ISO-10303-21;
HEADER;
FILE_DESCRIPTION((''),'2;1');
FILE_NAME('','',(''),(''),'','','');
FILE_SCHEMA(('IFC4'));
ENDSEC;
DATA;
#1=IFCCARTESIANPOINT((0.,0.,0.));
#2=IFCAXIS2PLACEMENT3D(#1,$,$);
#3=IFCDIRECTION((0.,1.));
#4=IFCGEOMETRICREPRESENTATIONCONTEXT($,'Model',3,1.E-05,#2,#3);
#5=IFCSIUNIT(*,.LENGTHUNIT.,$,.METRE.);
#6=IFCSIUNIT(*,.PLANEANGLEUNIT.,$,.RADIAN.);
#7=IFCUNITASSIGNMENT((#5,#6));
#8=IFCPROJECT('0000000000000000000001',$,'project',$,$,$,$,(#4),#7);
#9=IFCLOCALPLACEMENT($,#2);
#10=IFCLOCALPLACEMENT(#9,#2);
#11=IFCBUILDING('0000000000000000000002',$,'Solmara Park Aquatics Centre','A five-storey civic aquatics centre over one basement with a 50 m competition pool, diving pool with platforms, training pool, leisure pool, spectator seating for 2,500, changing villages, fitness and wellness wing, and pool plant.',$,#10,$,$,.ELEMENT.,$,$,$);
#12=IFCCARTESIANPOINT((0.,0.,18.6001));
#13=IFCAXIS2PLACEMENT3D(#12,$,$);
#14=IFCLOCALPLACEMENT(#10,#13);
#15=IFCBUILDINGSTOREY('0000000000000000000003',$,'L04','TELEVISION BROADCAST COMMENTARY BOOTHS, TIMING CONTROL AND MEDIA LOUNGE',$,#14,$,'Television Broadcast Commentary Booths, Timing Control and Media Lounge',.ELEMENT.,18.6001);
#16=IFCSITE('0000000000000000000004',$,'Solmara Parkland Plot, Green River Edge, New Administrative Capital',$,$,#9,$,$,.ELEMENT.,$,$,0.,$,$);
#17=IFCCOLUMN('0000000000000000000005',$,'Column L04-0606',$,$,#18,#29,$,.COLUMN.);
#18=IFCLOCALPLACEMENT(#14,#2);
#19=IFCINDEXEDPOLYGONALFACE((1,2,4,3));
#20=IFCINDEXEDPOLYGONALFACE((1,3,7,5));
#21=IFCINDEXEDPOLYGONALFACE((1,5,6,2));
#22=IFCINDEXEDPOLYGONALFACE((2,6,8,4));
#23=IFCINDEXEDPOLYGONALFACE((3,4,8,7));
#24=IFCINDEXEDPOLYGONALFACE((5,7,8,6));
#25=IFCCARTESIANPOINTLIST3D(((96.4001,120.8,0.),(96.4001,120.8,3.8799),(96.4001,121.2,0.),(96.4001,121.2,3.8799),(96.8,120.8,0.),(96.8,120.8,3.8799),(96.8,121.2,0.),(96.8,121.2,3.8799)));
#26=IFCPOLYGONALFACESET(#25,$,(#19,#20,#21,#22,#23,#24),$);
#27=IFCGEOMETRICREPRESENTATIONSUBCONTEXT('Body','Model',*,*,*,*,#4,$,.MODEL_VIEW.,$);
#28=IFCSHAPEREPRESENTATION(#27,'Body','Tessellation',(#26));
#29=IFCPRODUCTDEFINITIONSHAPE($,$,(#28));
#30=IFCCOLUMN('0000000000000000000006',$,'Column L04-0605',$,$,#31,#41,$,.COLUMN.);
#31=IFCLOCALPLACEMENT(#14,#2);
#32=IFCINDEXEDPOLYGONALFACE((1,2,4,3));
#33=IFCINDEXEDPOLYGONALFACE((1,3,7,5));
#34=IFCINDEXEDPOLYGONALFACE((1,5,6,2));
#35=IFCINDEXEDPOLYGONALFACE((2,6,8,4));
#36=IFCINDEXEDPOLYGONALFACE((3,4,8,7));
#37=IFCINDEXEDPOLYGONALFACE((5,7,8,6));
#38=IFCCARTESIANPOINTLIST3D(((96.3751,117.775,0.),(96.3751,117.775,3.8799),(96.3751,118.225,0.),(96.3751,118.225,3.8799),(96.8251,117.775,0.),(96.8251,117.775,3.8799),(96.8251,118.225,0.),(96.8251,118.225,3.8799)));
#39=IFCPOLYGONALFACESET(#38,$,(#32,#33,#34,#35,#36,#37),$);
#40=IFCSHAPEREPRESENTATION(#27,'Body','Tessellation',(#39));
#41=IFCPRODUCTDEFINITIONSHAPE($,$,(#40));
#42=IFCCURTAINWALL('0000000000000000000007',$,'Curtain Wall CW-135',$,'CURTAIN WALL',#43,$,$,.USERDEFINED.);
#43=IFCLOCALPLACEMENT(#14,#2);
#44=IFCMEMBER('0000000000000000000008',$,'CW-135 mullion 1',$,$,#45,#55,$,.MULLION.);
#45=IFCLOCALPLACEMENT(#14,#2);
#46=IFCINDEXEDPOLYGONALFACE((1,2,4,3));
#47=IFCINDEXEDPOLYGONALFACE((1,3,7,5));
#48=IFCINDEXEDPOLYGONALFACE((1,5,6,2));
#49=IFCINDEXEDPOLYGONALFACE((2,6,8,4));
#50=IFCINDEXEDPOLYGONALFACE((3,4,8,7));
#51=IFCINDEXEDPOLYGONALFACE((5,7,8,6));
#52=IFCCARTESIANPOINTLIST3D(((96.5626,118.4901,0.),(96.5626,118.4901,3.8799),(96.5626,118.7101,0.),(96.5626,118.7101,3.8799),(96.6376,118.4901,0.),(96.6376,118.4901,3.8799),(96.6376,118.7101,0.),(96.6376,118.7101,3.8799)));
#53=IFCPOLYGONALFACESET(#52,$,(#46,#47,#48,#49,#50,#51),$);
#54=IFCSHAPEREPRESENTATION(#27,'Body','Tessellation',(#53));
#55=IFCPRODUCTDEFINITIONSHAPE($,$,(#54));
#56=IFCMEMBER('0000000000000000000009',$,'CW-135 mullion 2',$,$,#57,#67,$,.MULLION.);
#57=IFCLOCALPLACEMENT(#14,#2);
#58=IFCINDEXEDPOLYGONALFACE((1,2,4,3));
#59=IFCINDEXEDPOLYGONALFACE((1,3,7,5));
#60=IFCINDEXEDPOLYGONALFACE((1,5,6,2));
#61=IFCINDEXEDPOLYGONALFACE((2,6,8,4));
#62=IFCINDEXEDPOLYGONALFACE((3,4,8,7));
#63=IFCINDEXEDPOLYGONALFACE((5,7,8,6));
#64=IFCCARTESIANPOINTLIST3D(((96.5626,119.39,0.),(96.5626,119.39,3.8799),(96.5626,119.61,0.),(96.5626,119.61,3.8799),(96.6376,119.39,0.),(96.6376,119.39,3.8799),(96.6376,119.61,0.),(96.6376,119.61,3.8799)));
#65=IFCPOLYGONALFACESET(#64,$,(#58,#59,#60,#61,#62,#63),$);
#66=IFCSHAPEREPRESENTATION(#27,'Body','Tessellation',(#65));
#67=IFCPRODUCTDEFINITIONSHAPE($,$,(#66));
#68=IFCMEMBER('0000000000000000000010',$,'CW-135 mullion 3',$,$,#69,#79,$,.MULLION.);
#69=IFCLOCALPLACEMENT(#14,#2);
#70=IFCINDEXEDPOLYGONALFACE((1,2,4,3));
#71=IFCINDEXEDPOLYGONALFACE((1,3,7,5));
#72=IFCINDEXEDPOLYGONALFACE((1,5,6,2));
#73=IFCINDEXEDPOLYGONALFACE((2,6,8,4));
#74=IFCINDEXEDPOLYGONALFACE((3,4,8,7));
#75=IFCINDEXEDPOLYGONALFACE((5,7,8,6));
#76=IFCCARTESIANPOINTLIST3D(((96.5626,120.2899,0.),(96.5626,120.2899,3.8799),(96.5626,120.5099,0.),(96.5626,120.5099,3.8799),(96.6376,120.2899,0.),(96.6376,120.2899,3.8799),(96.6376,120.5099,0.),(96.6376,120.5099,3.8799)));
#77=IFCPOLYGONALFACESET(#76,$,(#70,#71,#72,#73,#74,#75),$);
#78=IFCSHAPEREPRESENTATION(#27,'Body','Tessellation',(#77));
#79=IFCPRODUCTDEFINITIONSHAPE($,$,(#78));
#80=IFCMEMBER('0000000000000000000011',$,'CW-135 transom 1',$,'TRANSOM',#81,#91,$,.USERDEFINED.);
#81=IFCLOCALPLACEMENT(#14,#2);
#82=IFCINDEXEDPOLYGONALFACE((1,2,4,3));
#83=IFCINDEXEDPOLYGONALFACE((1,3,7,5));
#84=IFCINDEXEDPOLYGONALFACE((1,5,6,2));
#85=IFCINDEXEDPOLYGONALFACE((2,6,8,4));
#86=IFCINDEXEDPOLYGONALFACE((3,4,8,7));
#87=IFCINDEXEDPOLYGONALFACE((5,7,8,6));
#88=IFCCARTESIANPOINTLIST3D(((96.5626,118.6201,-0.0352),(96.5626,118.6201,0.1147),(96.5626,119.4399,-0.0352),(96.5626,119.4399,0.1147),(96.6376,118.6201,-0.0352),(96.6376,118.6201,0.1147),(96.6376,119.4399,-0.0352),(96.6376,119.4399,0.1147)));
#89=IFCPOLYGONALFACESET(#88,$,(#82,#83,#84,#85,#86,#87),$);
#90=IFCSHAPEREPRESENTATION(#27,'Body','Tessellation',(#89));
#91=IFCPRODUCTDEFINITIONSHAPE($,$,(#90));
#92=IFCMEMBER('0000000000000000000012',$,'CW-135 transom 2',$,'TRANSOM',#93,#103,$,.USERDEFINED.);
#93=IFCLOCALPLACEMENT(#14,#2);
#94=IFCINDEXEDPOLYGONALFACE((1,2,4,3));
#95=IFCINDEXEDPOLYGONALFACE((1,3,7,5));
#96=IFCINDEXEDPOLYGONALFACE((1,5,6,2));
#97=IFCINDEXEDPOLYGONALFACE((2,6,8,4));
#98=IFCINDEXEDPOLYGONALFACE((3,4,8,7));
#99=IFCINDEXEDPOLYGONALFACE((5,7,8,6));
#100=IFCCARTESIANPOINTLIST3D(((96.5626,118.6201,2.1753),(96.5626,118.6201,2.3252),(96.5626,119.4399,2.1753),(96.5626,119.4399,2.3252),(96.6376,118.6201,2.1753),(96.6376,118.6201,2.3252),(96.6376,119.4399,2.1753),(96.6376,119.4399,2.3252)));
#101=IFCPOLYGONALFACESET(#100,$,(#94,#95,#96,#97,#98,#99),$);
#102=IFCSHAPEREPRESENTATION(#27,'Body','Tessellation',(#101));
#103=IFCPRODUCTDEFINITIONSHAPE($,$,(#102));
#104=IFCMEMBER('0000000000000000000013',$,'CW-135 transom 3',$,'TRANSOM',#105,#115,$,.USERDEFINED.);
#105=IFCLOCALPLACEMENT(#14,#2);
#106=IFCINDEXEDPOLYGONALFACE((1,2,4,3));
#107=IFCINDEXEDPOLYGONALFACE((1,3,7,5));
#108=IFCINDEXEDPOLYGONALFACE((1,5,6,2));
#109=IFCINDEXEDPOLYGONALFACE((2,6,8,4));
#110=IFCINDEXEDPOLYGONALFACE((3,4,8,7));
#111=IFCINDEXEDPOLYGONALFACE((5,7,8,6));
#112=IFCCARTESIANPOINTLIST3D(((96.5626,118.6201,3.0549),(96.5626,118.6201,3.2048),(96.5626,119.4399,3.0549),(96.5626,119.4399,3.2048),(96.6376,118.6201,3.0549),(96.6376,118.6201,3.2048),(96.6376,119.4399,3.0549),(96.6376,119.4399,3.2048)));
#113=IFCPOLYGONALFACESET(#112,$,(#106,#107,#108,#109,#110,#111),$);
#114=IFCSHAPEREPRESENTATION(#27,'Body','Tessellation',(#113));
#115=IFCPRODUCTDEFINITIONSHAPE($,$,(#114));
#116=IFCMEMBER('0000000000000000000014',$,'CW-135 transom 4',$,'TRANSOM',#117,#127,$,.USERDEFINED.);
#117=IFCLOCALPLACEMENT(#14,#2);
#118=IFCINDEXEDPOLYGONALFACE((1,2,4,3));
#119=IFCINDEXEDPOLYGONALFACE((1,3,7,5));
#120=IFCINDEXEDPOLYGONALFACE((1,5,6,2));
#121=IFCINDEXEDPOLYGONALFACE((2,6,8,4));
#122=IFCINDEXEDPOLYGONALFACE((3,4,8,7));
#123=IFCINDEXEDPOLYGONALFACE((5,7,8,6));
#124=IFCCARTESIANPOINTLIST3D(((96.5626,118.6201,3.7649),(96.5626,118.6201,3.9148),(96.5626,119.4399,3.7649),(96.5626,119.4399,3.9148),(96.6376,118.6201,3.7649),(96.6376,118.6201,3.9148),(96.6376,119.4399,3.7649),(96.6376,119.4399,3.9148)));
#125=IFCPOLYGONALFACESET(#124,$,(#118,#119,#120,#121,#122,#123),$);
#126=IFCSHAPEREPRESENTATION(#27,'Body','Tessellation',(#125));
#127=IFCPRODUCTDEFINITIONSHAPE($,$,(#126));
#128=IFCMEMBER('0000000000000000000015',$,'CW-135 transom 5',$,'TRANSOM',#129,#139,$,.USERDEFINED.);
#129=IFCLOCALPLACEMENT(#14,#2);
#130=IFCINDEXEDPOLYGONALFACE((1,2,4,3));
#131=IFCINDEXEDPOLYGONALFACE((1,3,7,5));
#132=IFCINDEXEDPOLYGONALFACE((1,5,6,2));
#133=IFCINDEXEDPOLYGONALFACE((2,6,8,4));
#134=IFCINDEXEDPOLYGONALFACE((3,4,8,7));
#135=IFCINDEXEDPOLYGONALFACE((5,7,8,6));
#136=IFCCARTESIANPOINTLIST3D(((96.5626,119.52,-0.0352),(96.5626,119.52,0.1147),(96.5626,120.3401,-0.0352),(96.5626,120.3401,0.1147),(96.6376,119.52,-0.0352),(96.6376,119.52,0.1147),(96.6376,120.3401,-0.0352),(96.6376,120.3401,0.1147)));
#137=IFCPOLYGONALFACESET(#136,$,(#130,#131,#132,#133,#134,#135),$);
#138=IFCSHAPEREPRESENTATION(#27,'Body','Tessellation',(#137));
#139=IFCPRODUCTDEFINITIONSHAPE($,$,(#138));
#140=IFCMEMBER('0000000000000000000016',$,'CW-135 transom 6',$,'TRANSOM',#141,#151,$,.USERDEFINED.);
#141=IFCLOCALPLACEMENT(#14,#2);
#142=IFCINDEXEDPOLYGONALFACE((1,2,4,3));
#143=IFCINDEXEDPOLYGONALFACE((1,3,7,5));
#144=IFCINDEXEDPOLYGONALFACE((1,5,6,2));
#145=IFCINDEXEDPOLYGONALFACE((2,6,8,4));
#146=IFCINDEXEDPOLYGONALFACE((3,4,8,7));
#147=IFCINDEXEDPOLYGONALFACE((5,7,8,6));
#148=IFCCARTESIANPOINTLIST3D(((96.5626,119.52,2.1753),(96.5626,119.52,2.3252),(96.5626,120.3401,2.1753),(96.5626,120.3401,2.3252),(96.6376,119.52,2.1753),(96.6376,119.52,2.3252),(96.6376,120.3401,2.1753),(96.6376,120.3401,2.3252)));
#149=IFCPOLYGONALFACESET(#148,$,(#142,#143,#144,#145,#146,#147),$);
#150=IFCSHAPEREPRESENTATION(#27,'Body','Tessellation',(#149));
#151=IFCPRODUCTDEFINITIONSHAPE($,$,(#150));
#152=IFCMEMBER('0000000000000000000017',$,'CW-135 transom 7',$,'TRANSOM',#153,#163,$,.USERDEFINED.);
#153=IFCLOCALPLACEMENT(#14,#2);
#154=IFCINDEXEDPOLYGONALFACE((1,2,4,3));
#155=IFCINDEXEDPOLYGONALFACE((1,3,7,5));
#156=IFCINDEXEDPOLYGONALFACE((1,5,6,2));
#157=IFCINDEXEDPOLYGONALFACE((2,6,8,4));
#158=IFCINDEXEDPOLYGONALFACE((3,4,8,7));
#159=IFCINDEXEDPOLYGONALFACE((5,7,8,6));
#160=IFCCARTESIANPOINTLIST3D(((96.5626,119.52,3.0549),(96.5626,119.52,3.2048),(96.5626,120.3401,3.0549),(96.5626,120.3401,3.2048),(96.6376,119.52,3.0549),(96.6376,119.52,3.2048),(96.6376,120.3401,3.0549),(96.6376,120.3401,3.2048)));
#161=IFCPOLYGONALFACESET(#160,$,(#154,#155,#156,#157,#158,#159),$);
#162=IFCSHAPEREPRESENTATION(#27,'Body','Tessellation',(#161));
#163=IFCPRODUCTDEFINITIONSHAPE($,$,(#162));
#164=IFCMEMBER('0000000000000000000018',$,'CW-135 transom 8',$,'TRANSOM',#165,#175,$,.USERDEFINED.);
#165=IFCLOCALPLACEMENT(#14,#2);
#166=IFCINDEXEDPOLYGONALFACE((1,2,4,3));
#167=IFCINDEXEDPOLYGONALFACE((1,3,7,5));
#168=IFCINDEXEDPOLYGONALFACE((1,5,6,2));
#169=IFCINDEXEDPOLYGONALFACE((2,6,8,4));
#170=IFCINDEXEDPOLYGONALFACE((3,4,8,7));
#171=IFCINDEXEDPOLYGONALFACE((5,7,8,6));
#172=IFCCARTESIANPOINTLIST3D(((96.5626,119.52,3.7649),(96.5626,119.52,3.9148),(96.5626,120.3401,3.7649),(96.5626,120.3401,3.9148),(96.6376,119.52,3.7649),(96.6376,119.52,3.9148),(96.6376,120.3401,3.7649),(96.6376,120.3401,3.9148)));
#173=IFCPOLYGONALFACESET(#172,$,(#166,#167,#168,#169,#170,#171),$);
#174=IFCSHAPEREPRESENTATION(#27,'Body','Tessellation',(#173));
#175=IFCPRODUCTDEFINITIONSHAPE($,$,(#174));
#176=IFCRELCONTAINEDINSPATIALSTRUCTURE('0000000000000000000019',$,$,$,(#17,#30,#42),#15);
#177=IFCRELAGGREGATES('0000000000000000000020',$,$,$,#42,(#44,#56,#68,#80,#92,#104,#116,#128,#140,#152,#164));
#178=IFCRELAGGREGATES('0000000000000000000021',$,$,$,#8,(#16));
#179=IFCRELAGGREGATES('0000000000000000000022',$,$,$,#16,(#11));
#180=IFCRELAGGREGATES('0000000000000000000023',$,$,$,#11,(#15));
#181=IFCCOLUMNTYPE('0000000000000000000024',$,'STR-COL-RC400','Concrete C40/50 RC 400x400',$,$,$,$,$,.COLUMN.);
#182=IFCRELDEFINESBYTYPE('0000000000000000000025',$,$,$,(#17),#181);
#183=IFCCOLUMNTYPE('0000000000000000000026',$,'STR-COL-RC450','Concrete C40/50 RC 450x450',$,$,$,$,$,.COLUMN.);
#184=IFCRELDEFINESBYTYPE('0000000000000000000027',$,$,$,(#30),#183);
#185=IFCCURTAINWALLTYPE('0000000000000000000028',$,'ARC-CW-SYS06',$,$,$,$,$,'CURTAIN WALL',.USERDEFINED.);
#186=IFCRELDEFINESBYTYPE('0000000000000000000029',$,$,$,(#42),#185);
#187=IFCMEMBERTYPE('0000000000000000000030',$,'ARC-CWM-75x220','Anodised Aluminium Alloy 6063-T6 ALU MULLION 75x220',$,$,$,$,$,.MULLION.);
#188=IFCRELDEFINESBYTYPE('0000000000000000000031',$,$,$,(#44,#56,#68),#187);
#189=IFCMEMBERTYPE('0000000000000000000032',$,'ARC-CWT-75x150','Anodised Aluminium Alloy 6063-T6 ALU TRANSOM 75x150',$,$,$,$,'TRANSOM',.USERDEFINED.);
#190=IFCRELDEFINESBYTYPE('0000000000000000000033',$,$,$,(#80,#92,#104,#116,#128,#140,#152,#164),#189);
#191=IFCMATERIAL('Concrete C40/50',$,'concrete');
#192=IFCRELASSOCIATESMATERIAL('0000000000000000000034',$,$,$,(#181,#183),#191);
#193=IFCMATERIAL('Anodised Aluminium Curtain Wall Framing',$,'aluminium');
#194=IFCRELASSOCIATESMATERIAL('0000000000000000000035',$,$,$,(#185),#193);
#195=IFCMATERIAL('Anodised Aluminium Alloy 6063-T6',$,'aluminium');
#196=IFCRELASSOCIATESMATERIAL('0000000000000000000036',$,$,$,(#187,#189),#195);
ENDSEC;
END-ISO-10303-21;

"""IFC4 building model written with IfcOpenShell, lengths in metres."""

from ifc_helpers import new_model, si_unit, direction, frame, origin, origin_2d, place, context, subcontext, project, spatial, rectangle, extrude, material, material_profile, profile_set, type_object, element, aggregate, save


model = new_model("IFC4")

# Units and contexts
model_context = context("Model", 3, precision=1e-05, world=origin(), true_north=direction((0.0, 1.0)))
body_context = subcontext(model_context, "Body", "Model", "MODEL_VIEW")
ifc_project = project(units=[si_unit("LENGTHUNIT", "METRE"), si_unit("PLANEANGLEUNIT", "RADIAN")], contexts=[model_context])

# Site, building, storey
site_placement = place(None, origin())
site = spatial("IfcSite", under=ifc_project, at=site_placement, Name="Solmara Parkland Plot, Green River Edge, New Administrative Capital", CompositionType="ELEMENT", RefElevation=0.0)
building_placement = place(site_placement, origin())
building = spatial("IfcBuilding", under=site, at=building_placement, Name="Solmara Park Aquatics Centre", Description="A five-storey civic aquatics centre over one basement with a 50 m competition pool, diving pool with platforms, training pool, leisure pool, spectator seating for 2,500, changing villages, fitness and wellness wing, and pool plant.", CompositionType="ELEMENT")
storey_placement = place(building_placement, frame((0.0, 0.0, 18.6001)))
storey = spatial("IfcBuildingStorey", under=building, at=storey_placement, Name="L04", Description="TELEVISION BROADCAST COMMENTARY BOOTHS, TIMING CONTROL AND MEDIA LOUNGE", LongName="Television Broadcast Commentary Booths, Timing Control and Media Lounge", CompositionType="ELEMENT", Elevation=18.6001)

# Columns
ifc_material_1 = material(Name="Concrete C40/50", Category="concrete")
ifc_material_profile_1 = material_profile(ifc_material_1, rectangle(XDim=0.3999, YDim=0.3999, at=origin_2d()), Name="RC 400x400")
ifc_profile_set_1 = profile_set([ifc_material_profile_1], Name="Concrete C40/50")
column_type_1 = type_object("IfcColumnType", Name="STR-COL-RC400", Description="Concrete C40/50 RC 400x400", PredefinedType="COLUMN", material=ifc_profile_set_1)
column_1_placement = place(storey_placement, frame((96.6001, 121.0, 0.0), z_axis=(0.0, 0.0, 1.0), x_axis=(1.0, 0.0, 0.0)))
element("IfcColumn", 1, at=column_1_placement, inside=storey, type_object=column_type_1, Name="Column L04-0606", PredefinedType="COLUMN", context=body_context, shape_type="SweptSolid", body=[
    extrude(rectangle(XDim=0.3999, YDim=0.3999, at=origin_2d()), origin(), (0.0, 0.0, 1.0), 3.8799),
])
ifc_material_profile_2 = material_profile(ifc_material_1, rectangle(XDim=0.45, YDim=0.45, at=origin_2d()), Name="RC 450x450")
ifc_profile_set_2 = profile_set([ifc_material_profile_2], Name="Concrete C40/50")
column_type_2 = type_object("IfcColumnType", Name="STR-COL-RC450", Description="Concrete C40/50 RC 450x450", PredefinedType="COLUMN", material=ifc_profile_set_2)
column_2_placement = place(storey_placement, frame((96.6001, 118.0, 0.0), z_axis=(0.0, 0.0, 1.0), x_axis=(1.0, 0.0, 0.0)))
element("IfcColumn", 2, at=column_2_placement, inside=storey, type_object=column_type_2, Name="Column L04-0605", PredefinedType="COLUMN", context=body_context, shape_type="SweptSolid", body=[
    extrude(rectangle(XDim=0.45, YDim=0.45, at=origin_2d()), origin(), (0.0, 0.0, 1.0), 3.8799),
])

# Curtain wall, members
ifc_material_2 = material(Name="Anodised Aluminium Curtain Wall Framing", Category="aluminium")
curtain_wall_type = type_object("IfcCurtainWallType", Name="ARC-CW-SYS06", ElementType="CURTAIN WALL", PredefinedType="USERDEFINED", material=ifc_material_2)
curtain_wall_placement = place(storey_placement, origin())
curtain_wall = element("IfcCurtainWall", 3, at=curtain_wall_placement, inside=storey, type_object=curtain_wall_type, Name="Curtain Wall CW-135", ObjectType="CURTAIN WALL", PredefinedType="USERDEFINED")
ifc_material_3 = material(Name="Anodised Aluminium Alloy 6063-T6", Category="aluminium")
ifc_material_profile_3 = material_profile(ifc_material_3, rectangle(XDim=0.075, YDim=0.22, at=origin_2d()), Name="ALU MULLION 75x220")
ifc_profile_set_3 = profile_set([ifc_material_profile_3], Name="Anodised Aluminium Alloy 6063-T6")
member_type_1 = type_object("IfcMemberType", Name="ARC-CWM-75x220", Description="Anodised Aluminium Alloy 6063-T6 ALU MULLION 75x220", PredefinedType="MULLION", material=ifc_profile_set_3)
member_1_placement = place(storey_placement, frame((96.6001, 118.6001, 0.0), z_axis=(0.0, 0.0, 1.0), x_axis=(1.0, 0.0, 0.0)))
member_1 = element("IfcMember", 4, at=member_1_placement, type_object=member_type_1, Name="CW-135 mullion 1", PredefinedType="MULLION", context=body_context, shape_type="SweptSolid", body=[
    extrude(rectangle(XDim=0.075, YDim=0.22, at=origin_2d()), origin(), (0.0, 0.0, 1.0), 3.8799),
])
member_2_placement = place(storey_placement, frame((96.6001, 119.5, 0.0), z_axis=(0.0, 0.0, 1.0), x_axis=(1.0, 0.0, 0.0)))
member_2 = element("IfcMember", 5, at=member_2_placement, type_object=member_type_1, Name="CW-135 mullion 2", PredefinedType="MULLION", context=body_context, shape_type="SweptSolid", body=[
    extrude(rectangle(XDim=0.075, YDim=0.22, at=origin_2d()), origin(), (0.0, 0.0, 1.0), 3.8799),
])
member_3_placement = place(storey_placement, frame((96.6001, 120.3999, 0.0), z_axis=(0.0, 0.0, 1.0), x_axis=(1.0, 0.0, 0.0)))
member_3 = element("IfcMember", 6, at=member_3_placement, type_object=member_type_1, Name="CW-135 mullion 3", PredefinedType="MULLION", context=body_context, shape_type="SweptSolid", body=[
    extrude(rectangle(XDim=0.075, YDim=0.22, at=origin_2d()), origin(), (0.0, 0.0, 1.0), 3.8799),
])
ifc_material_profile_4 = material_profile(ifc_material_3, rectangle(XDim=0.075, YDim=0.1499, at=origin_2d()), Name="ALU TRANSOM 75x150")
ifc_profile_set_4 = profile_set([ifc_material_profile_4], Name="Anodised Aluminium Alloy 6063-T6")
member_type_2 = type_object("IfcMemberType", Name="ARC-CWT-75x150", Description="Anodised Aluminium Alloy 6063-T6 ALU TRANSOM 75x150", ElementType="TRANSOM", PredefinedType="USERDEFINED", material=ifc_profile_set_4)
member_4_placement = place(storey_placement, frame((96.6001, 118.6201, 0.0398), z_axis=(0.0, 1.0, 0.0), x_axis=(-1.0, 0.0, 0.0)))
member_4 = element("IfcMember", 7, at=member_4_placement, type_object=member_type_2, Name="CW-135 transom 1", ObjectType="TRANSOM", PredefinedType="USERDEFINED", context=body_context, shape_type="SweptSolid", body=[
    extrude(rectangle(XDim=0.075, YDim=0.1499, at=origin_2d()), origin(), (0.0, 0.0, 1.0), 0.8198),
])
member_5_placement = place(storey_placement, frame((96.6001, 118.6201, 2.2502), z_axis=(0.0, 1.0, 0.0), x_axis=(-1.0, 0.0, 0.0)))
member_5 = element("IfcMember", 8, at=member_5_placement, type_object=member_type_2, Name="CW-135 transom 2", ObjectType="TRANSOM", PredefinedType="USERDEFINED", context=body_context, shape_type="SweptSolid", body=[
    extrude(rectangle(XDim=0.075, YDim=0.1499, at=origin_2d()), origin(), (0.0, 0.0, 1.0), 0.8198),
])
member_6_placement = place(storey_placement, frame((96.6001, 118.6201, 3.1299), z_axis=(0.0, 1.0, 0.0), x_axis=(-1.0, 0.0, 0.0)))
member_6 = element("IfcMember", 9, at=member_6_placement, type_object=member_type_2, Name="CW-135 transom 3", ObjectType="TRANSOM", PredefinedType="USERDEFINED", context=body_context, shape_type="SweptSolid", body=[
    extrude(rectangle(XDim=0.075, YDim=0.1499, at=origin_2d()), origin(), (0.0, 0.0, 1.0), 0.8198),
])
member_7_placement = place(storey_placement, frame((96.6001, 118.6201, 3.8398), z_axis=(0.0, 1.0, 0.0), x_axis=(-1.0, 0.0, 0.0)))
member_7 = element("IfcMember", 10, at=member_7_placement, type_object=member_type_2, Name="CW-135 transom 4", ObjectType="TRANSOM", PredefinedType="USERDEFINED", context=body_context, shape_type="SweptSolid", body=[
    extrude(rectangle(XDim=0.075, YDim=0.1499, at=origin_2d()), origin(), (0.0, 0.0, 1.0), 0.8198),
])
member_8_placement = place(storey_placement, frame((96.6001, 119.52, 0.0398), z_axis=(0.0, 1.0, 0.0), x_axis=(-1.0, 0.0, 0.0)))
member_8 = element("IfcMember", 11, at=member_8_placement, type_object=member_type_2, Name="CW-135 transom 5", ObjectType="TRANSOM", PredefinedType="USERDEFINED", context=body_context, shape_type="SweptSolid", body=[
    extrude(rectangle(XDim=0.075, YDim=0.1499, at=origin_2d()), origin(), (0.0, 0.0, 1.0), 0.8201),
])
member_9_placement = place(storey_placement, frame((96.6001, 119.52, 2.2502), z_axis=(0.0, 1.0, 0.0), x_axis=(-1.0, 0.0, 0.0)))
member_9 = element("IfcMember", 12, at=member_9_placement, type_object=member_type_2, Name="CW-135 transom 6", ObjectType="TRANSOM", PredefinedType="USERDEFINED", context=body_context, shape_type="SweptSolid", body=[
    extrude(rectangle(XDim=0.075, YDim=0.1499, at=origin_2d()), origin(), (0.0, 0.0, 1.0), 0.8201),
])
member_10_placement = place(storey_placement, frame((96.6001, 119.52, 3.1299), z_axis=(0.0, 1.0, 0.0), x_axis=(-1.0, 0.0, 0.0)))
member_10 = element("IfcMember", 13, at=member_10_placement, type_object=member_type_2, Name="CW-135 transom 7", ObjectType="TRANSOM", PredefinedType="USERDEFINED", context=body_context, shape_type="SweptSolid", body=[
    extrude(rectangle(XDim=0.075, YDim=0.1499, at=origin_2d()), origin(), (0.0, 0.0, 1.0), 0.8201),
])
member_11_placement = place(storey_placement, frame((96.6001, 119.52, 3.8398), z_axis=(0.0, 1.0, 0.0), x_axis=(-1.0, 0.0, 0.0)))
member_11 = element("IfcMember", 14, at=member_11_placement, type_object=member_type_2, Name="CW-135 transom 8", ObjectType="TRANSOM", PredefinedType="USERDEFINED", context=body_context, shape_type="SweptSolid", body=[
    extrude(rectangle(XDim=0.075, YDim=0.1499, at=origin_2d()), origin(), (0.0, 0.0, 1.0), 0.8201),
])

aggregate(curtain_wall, [member_1, member_2, member_3, member_4, member_5, member_6, member_7, member_8, member_9, member_10, member_11])

save(model, "model.ifc")
